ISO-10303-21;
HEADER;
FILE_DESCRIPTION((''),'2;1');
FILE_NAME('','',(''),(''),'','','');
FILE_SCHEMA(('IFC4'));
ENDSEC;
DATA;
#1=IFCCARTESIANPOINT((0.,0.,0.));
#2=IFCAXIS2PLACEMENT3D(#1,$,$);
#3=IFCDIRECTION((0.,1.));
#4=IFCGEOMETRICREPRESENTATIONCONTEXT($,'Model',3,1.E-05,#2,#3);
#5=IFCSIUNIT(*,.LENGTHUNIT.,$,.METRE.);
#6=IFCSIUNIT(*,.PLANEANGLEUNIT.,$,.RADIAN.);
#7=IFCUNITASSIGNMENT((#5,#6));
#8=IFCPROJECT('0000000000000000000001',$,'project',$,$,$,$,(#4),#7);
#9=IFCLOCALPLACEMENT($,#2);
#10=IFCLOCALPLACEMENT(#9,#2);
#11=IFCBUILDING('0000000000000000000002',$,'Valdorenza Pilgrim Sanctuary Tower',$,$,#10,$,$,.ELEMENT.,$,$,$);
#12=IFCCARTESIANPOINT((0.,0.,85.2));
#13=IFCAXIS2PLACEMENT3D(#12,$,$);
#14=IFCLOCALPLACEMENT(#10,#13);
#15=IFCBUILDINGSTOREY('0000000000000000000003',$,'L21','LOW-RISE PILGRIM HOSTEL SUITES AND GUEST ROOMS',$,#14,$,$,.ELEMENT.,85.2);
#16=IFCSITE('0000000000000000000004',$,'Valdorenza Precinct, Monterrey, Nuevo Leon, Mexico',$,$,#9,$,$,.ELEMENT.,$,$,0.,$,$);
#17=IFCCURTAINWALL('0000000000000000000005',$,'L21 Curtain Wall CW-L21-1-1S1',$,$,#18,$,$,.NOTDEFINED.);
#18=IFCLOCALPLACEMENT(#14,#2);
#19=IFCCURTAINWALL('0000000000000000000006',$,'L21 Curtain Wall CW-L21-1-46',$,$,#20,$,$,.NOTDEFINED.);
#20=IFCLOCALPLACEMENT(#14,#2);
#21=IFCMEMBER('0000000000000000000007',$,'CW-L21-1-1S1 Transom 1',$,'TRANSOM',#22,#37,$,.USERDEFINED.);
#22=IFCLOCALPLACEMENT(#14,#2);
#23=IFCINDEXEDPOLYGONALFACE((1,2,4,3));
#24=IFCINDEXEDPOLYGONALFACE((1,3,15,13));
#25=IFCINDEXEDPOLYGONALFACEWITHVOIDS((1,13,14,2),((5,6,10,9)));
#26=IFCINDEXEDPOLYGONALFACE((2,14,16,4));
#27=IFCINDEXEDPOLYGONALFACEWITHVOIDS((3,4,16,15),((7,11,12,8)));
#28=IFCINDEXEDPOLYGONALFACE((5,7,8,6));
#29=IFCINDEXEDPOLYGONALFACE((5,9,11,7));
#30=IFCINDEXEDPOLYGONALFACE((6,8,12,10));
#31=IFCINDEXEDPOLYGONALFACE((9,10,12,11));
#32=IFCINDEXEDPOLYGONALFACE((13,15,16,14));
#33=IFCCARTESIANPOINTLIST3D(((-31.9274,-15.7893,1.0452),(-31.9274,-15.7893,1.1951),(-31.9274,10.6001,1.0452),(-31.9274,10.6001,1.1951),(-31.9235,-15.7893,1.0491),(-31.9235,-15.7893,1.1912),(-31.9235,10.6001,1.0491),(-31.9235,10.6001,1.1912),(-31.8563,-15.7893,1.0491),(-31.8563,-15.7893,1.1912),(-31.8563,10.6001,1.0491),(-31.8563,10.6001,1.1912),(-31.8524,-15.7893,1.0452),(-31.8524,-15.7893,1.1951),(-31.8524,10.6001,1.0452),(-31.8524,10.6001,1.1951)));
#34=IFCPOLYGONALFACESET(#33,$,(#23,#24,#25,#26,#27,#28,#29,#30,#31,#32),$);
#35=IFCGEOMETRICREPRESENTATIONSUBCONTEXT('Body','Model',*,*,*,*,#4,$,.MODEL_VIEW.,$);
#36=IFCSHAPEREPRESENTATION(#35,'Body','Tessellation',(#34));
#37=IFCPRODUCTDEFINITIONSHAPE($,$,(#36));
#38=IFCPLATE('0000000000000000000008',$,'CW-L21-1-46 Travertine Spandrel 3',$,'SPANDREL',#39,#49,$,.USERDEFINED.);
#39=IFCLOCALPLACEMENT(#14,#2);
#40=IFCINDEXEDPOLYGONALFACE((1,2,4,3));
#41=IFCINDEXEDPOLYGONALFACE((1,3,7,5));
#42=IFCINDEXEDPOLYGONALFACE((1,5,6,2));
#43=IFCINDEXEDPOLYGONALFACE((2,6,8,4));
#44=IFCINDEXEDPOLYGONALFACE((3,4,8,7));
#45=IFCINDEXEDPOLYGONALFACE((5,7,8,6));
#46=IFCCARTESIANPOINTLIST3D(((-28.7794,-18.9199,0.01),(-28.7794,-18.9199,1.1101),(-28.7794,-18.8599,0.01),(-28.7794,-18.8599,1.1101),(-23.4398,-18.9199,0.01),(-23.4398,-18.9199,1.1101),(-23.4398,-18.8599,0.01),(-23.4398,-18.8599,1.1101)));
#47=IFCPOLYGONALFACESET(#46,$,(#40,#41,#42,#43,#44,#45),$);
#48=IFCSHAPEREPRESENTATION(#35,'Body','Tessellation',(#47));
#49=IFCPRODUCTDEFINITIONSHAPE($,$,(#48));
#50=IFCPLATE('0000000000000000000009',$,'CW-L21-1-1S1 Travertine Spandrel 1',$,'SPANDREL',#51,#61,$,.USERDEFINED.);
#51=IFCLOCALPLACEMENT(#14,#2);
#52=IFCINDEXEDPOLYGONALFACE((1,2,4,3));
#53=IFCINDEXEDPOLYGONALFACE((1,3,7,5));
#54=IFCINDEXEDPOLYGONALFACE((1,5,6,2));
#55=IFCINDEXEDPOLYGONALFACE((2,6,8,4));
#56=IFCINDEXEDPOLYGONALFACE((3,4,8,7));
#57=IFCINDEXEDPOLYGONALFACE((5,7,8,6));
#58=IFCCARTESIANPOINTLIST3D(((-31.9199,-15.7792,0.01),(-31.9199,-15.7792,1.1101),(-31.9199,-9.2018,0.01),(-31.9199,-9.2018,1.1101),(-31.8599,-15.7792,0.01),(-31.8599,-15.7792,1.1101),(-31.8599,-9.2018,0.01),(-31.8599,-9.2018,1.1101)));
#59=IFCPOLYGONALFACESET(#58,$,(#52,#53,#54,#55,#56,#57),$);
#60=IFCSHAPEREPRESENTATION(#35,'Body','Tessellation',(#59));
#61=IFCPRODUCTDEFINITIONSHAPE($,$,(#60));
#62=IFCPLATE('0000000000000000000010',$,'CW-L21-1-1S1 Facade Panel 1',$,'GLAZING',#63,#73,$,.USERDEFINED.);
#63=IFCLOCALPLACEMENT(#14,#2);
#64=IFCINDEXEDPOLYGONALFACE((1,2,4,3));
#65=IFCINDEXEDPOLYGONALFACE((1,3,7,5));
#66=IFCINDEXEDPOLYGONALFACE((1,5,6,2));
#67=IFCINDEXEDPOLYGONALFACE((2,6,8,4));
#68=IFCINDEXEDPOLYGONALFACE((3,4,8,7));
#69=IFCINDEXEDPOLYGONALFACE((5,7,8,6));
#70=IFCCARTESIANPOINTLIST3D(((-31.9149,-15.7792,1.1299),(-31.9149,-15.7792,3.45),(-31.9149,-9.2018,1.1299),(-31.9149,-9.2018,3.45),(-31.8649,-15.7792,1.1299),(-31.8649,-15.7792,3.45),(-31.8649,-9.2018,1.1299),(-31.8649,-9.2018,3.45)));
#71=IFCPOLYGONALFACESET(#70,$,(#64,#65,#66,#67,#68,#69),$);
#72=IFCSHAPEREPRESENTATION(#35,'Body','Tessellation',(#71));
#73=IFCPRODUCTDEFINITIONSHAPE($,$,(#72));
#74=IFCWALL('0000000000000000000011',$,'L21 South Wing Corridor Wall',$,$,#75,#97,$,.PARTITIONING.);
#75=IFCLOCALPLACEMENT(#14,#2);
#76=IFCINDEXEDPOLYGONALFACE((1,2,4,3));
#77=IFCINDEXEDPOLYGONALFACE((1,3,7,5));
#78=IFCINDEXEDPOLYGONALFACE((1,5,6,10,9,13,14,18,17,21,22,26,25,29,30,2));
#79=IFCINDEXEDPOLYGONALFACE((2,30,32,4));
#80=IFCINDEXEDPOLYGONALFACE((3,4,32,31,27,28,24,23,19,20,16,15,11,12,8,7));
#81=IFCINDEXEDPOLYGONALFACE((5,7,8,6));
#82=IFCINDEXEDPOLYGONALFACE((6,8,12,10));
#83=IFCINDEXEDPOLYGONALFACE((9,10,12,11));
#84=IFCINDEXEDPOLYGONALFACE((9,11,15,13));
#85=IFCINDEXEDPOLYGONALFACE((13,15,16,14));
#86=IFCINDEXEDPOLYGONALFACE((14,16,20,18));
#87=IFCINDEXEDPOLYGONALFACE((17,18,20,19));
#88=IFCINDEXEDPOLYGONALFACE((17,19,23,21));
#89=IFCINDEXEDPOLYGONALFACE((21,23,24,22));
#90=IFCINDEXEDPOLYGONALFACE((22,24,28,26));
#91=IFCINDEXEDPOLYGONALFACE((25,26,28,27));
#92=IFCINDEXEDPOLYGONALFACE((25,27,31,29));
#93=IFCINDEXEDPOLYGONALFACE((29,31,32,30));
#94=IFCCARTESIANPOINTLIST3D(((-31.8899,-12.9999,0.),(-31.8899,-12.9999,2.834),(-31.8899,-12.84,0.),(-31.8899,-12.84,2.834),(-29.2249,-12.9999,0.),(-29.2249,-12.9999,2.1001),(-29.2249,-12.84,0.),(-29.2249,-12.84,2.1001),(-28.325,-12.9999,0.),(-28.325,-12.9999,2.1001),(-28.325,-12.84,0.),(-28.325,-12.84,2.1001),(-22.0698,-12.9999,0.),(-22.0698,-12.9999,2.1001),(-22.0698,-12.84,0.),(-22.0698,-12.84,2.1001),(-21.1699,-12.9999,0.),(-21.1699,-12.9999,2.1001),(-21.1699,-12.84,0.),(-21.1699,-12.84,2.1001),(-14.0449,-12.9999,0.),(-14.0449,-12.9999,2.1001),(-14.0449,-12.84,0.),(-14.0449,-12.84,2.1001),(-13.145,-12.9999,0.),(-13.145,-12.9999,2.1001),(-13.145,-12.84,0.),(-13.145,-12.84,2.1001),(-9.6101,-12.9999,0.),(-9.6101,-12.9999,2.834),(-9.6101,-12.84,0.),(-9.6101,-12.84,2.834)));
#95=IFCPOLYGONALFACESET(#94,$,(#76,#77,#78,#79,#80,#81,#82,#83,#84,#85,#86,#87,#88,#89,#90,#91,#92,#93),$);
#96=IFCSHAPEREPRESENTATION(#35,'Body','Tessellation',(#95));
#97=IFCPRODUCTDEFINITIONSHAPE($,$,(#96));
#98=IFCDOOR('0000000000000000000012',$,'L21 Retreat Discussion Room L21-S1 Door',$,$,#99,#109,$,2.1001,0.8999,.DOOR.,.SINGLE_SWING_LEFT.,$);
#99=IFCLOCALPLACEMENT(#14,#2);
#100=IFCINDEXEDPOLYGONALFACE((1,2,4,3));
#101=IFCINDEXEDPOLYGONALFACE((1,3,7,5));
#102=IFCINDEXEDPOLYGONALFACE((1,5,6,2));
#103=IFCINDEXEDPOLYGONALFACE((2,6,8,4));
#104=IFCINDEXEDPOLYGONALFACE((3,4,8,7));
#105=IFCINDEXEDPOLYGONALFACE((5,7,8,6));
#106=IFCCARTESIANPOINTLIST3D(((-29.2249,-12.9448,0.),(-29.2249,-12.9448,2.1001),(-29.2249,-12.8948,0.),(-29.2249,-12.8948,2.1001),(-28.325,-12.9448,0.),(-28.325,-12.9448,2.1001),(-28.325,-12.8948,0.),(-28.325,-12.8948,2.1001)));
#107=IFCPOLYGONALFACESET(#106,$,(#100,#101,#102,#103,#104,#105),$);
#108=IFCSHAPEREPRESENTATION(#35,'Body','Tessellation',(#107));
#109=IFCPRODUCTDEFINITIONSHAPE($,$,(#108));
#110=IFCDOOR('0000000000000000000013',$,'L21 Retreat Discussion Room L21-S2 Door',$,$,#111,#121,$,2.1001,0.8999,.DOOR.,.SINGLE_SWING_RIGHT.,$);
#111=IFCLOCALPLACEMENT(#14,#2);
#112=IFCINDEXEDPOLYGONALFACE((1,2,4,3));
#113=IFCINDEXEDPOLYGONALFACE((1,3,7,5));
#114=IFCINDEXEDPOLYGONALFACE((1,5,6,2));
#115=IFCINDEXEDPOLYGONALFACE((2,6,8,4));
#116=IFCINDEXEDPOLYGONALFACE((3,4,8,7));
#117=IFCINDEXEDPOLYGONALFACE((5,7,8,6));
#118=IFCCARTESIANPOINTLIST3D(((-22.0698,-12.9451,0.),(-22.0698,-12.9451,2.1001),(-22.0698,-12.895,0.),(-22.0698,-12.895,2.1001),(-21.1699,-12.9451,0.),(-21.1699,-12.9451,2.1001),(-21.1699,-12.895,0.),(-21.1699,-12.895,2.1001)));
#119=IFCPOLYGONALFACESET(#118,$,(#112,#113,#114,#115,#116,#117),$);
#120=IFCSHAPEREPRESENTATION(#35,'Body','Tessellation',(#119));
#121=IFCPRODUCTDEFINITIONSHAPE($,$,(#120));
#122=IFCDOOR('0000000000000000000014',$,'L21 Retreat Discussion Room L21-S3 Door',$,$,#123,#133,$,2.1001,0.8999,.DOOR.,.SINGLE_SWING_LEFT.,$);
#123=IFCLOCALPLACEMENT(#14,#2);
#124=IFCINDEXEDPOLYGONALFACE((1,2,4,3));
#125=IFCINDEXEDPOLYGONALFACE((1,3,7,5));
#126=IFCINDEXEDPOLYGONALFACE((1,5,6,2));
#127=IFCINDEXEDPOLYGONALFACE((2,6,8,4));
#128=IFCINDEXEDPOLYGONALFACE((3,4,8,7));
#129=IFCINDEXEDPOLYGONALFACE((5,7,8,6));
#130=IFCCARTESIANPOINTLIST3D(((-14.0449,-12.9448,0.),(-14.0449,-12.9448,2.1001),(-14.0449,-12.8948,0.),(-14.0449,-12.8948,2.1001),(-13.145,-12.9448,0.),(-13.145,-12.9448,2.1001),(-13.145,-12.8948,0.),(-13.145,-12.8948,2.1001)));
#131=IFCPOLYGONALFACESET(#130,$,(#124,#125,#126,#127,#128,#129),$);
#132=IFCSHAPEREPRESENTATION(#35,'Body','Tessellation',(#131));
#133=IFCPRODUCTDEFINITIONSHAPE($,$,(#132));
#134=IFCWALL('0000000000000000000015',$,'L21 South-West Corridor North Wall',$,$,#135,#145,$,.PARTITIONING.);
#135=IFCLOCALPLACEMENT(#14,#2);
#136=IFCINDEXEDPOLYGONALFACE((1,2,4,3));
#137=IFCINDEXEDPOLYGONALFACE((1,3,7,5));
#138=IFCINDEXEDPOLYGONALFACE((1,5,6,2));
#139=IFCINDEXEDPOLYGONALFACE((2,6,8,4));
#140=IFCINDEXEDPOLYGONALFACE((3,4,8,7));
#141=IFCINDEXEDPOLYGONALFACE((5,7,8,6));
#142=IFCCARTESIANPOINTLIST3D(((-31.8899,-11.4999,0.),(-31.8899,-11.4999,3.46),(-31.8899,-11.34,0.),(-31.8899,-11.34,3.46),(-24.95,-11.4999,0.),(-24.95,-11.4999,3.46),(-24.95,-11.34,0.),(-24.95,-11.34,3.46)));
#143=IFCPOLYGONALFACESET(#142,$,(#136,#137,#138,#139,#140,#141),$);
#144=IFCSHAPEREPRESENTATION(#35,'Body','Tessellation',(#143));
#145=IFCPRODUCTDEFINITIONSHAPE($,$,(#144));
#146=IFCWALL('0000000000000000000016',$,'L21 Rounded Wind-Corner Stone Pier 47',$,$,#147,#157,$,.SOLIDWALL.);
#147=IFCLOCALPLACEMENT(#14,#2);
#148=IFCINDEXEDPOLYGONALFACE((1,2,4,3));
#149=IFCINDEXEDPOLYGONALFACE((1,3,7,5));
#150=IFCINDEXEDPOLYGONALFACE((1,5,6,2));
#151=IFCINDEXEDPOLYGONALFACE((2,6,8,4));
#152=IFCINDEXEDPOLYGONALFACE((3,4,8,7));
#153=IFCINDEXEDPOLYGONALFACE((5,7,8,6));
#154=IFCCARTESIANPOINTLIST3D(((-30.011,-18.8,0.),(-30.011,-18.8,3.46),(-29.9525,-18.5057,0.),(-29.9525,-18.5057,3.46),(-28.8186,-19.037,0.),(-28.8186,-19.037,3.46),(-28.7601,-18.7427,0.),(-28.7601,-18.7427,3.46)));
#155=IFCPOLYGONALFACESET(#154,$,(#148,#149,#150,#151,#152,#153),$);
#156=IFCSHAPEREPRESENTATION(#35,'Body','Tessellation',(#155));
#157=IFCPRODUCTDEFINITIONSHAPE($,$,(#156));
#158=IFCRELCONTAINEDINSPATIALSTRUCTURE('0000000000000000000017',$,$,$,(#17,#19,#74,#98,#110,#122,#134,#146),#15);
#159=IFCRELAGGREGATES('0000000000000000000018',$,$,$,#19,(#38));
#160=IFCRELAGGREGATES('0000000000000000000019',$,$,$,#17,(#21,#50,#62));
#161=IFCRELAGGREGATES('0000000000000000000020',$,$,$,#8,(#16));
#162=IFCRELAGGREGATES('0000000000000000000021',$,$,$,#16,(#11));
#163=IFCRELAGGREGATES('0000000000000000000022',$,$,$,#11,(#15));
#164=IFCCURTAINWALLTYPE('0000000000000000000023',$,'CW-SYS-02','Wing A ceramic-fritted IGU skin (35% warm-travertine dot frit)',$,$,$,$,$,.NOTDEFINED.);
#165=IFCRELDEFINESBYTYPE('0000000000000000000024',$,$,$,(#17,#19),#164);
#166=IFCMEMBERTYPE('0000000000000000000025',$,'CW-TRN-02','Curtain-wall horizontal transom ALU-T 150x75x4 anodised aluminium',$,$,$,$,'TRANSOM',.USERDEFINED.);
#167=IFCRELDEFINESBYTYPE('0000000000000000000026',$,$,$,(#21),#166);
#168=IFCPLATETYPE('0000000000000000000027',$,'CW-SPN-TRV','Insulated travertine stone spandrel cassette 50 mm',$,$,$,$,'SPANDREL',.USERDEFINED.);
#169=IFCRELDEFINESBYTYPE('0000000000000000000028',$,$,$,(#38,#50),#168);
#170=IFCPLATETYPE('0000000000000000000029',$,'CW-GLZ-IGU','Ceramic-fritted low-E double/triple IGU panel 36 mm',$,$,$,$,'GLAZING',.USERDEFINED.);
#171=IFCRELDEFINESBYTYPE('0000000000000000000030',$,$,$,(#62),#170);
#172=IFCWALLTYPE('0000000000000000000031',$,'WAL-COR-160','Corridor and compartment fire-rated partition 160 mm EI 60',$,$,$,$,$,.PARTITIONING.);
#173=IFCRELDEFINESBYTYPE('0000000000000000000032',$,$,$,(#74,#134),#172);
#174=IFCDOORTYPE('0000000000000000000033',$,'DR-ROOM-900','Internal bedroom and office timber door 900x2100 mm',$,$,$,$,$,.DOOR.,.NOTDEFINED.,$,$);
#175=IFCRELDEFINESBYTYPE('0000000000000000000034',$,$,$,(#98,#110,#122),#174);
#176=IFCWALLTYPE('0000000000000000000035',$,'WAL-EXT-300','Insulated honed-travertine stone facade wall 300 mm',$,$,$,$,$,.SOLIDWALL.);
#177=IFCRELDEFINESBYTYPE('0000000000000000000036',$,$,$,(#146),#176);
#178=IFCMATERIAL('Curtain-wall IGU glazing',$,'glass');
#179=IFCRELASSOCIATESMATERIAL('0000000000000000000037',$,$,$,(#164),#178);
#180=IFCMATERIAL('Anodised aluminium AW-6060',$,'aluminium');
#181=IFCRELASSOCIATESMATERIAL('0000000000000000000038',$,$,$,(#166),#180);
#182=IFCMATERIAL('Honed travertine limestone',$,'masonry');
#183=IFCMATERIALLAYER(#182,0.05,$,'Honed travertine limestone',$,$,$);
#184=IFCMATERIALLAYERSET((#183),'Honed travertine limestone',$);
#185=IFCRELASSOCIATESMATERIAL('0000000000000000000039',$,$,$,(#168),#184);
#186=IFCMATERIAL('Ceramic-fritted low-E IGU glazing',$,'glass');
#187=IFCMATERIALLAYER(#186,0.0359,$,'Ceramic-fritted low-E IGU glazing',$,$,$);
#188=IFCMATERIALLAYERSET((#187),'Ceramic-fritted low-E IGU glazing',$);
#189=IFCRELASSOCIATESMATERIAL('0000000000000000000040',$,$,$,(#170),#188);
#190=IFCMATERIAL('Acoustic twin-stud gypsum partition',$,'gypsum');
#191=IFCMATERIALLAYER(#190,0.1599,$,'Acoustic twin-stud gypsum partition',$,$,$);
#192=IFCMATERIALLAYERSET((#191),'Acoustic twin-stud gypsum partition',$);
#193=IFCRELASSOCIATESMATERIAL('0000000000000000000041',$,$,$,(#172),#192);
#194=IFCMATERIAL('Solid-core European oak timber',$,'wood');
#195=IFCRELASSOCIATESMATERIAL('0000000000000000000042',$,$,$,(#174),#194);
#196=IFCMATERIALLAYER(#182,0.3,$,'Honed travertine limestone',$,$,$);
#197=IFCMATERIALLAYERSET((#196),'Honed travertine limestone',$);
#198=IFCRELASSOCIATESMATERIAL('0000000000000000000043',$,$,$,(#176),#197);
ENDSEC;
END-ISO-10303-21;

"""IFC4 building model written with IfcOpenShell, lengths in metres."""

from ifc_helpers import new_model, si_unit, direction, frame, frame_2d, origin, origin_2d, place, context, subcontext, project, spatial, rectangle, hollow_rectangle, extrude, source, transform, mapped, material, layer, layer_set, material_profile, profile_set, type_object, element, fill, aggregate, save


model = new_model("IFC4")

# Units and contexts
model_context = context("Model", 3, precision=1e-05, world=origin(), true_north=direction((0.0, 1.0)))
body_context = subcontext(model_context, "Body", "Model", "MODEL_VIEW")
ifc_project = project(units=[si_unit("LENGTHUNIT", "METRE"), si_unit("PLANEANGLEUNIT", "RADIAN")], contexts=[model_context])

# Site, building, storey
site_placement = place(None, origin())
site = spatial("IfcSite", under=ifc_project, at=site_placement, Name="Valdorenza Precinct, Monterrey, Nuevo Leon, Mexico", CompositionType="ELEMENT", RefElevation=0.0)
building_placement = place(site_placement, origin())
building = spatial("IfcBuilding", under=site, at=building_placement, Name="Valdorenza Pilgrim Sanctuary Tower", CompositionType="ELEMENT")
storey_placement = place(building_placement, frame((0.0, 0.0, 85.2)))
storey = spatial("IfcBuildingStorey", under=building, at=storey_placement, Name="L21", Description="LOW-RISE PILGRIM HOSTEL SUITES AND GUEST ROOMS", CompositionType="ELEMENT", Elevation=85.2)

# Curtain walls
ifc_material_1 = material(Name="Curtain-wall IGU glazing", Category="glass")
curtain_wall_type = type_object("IfcCurtainWallType", Name="CW-SYS-02", Description="Wing A ceramic-fritted IGU skin (35% warm-travertine dot frit)", PredefinedType="NOTDEFINED", material=ifc_material_1)
curtain_wall_1_placement = place(storey_placement, origin())
curtain_wall_1 = element("IfcCurtainWall", 1, at=curtain_wall_1_placement, inside=storey, type_object=curtain_wall_type, Name="L21 Curtain Wall CW-L21-1-1S1", PredefinedType="NOTDEFINED")
ifc_material_2 = material(Name="Anodised aluminium AW-6060", Category="aluminium")
curtain_wall_2_placement = place(storey_placement, origin())
curtain_wall_2 = element("IfcCurtainWall", 2, at=curtain_wall_2_placement, inside=storey, type_object=curtain_wall_type, Name="L21 Curtain Wall CW-L21-1-46", PredefinedType="NOTDEFINED")

# Member
ifc_material_profile_1 = material_profile(ifc_material_2, hollow_rectangle(XDim=0.075, YDim=0.1499, WallThickness=0.0039, at=origin_2d()), Name="ALU-T 150x75x4")
ifc_profile_set_1 = profile_set([ifc_material_profile_1], Name="Anodised aluminium AW-6060")
member_type_1 = type_object("IfcMemberType", Name="CW-TRN-02", Description="Curtain-wall horizontal transom ALU-T 150x75x4 anodised aluminium", ElementType="TRANSOM", PredefinedType="USERDEFINED", material=ifc_profile_set_1)
shared_shape_1 = source(origin(), body_context, "Body", "SweptSolid", [
    extrude(hollow_rectangle(XDim=0.075, YDim=0.1499, WallThickness=0.0039, at=origin_2d()), origin(), (0.0, 0.0, 1.0), 26.3894),
])
member_1_placement = place(storey_placement, frame((-31.8899, -15.7893, 1.1201), z_axis=(0.0, 1.0, 0.0), x_axis=(-1.0, 0.0, 0.0)))
member_1 = element("IfcMember", 3, at=member_1_placement, type_object=member_type_1, Name="CW-L21-1-1S1 Transom 1", ObjectType="TRANSOM", PredefinedType="USERDEFINED", context=body_context, shape_type="MappedRepresentation", body=[
    mapped(shared_shape_1, transform((0.0, 0.0, 0.0), x_axis=(1.0, 0.0, 0.0), y_axis=(0.0, 1.0, 0.0), z_axis=(0.0, 0.0, 1.0), scale=1.0)),
])

# Plates
ifc_material_3 = material(Name="Honed travertine limestone", Category="masonry")
ifc_layer_1 = layer(ifc_material_3, 0.05, Name="Honed travertine limestone")
ifc_layer_set_1 = layer_set([ifc_layer_1], Name="Honed travertine limestone")
plate_type_1 = type_object("IfcPlateType", Name="CW-SPN-TRV", Description="Insulated travertine stone spandrel cassette 50 mm", ElementType="SPANDREL", PredefinedType="USERDEFINED", material=ifc_layer_set_1)
shared_shape_2 = source(origin(), body_context, "Body", "SweptSolid", [
    extrude(rectangle(XDim=5.3396, YDim=0.0601, at=origin_2d()), origin(), (0.0, 0.0, 1.0), 1.1001),
])
plate_1_placement = place(storey_placement, frame((-26.1096, -18.8899, 0.01), z_axis=(0.0, 0.0, 1.0), x_axis=(-1.0, 0.0, 0.0)))
plate_1 = element("IfcPlate", 4, at=plate_1_placement, type_object=plate_type_1, Name="CW-L21-1-46 Travertine Spandrel 3", ObjectType="SPANDREL", PredefinedType="USERDEFINED", context=body_context, shape_type="MappedRepresentation", body=[
    mapped(shared_shape_2, transform((0.0, 0.0, 0.0), x_axis=(1.0, 0.0, 0.0), y_axis=(0.0, 1.0, 0.0), z_axis=(0.0, 0.0, 1.0), scale=1.0)),
])
aggregate(curtain_wall_2, [plate_1])
shared_shape_3 = source(origin(), body_context, "Body", "SweptSolid", [
    extrude(rectangle(XDim=6.5774, YDim=0.0601, at=origin_2d()), origin(), (0.0, 0.0, 1.0), 1.1001),
])
plate_2_placement = place(storey_placement, frame((-31.8899, -12.4905, 0.01), z_axis=(0.0, 0.0, 1.0), x_axis=(0.0, 1.0, 0.0)))
plate_2 = element("IfcPlate", 5, at=plate_2_placement, type_object=plate_type_1, Name="CW-L21-1-1S1 Travertine Spandrel 1", ObjectType="SPANDREL", PredefinedType="USERDEFINED", context=body_context, shape_type="MappedRepresentation", body=[
    mapped(shared_shape_3, transform((0.0, 0.0, 0.0), x_axis=(1.0, 0.0, 0.0), y_axis=(0.0, 1.0, 0.0), z_axis=(0.0, 0.0, 1.0), scale=1.0)),
])
ifc_material_4 = material(Name="Ceramic-fritted low-E IGU glazing", Category="glass")
ifc_layer_2 = layer(ifc_material_4, 0.0359, Name="Ceramic-fritted low-E IGU glazing")
ifc_layer_set_2 = layer_set([ifc_layer_2], Name="Ceramic-fritted low-E IGU glazing")
plate_type_2 = type_object("IfcPlateType", Name="CW-GLZ-IGU", Description="Ceramic-fritted low-E double/triple IGU panel 36 mm", ElementType="GLAZING", PredefinedType="USERDEFINED", material=ifc_layer_set_2)
shared_shape_4 = source(origin(), body_context, "Body", "SweptSolid", [
    extrude(rectangle(XDim=6.5774, YDim=0.05, at=origin_2d()), origin(), (0.0, 0.0, 1.0), 2.3201),
])
plate_3_placement = place(storey_placement, frame((-31.8899, -12.4905, 1.1299), z_axis=(0.0, 0.0, 1.0), x_axis=(0.0, 1.0, 0.0)))
plate_3 = element("IfcPlate", 6, at=plate_3_placement, type_object=plate_type_2, Name="CW-L21-1-1S1 Facade Panel 1", ObjectType="GLAZING", PredefinedType="USERDEFINED", context=body_context, shape_type="MappedRepresentation", body=[
    mapped(shared_shape_4, transform((0.0, 0.0, 0.0), x_axis=(1.0, 0.0, 0.0), y_axis=(0.0, 1.0, 0.0), z_axis=(0.0, 0.0, 1.0), scale=1.0)),
])
aggregate(curtain_wall_1, [member_1, plate_2, plate_3])

# Wall, openings, doors
ifc_material_5 = material(Name="Acoustic twin-stud gypsum partition", Category="gypsum")
ifc_layer_3 = layer(ifc_material_5, 0.1599, Name="Acoustic twin-stud gypsum partition")
ifc_layer_set_3 = layer_set([ifc_layer_3], Name="Acoustic twin-stud gypsum partition")
wall_type_1 = type_object("IfcWallType", Name="WAL-COR-160", Description="Corridor and compartment fire-rated partition 160 mm EI 60", PredefinedType="PARTITIONING", material=ifc_layer_set_3)
wall_1_placement = place(storey_placement, frame((-31.8899, -12.9199, 0.0), z_axis=(0.0, 0.0, 1.0), x_axis=(1.0, 0.0, 0.0)))
wall_1 = element("IfcWall", 7, at=wall_1_placement, inside=storey, type_object=wall_type_1, Name="L21 South Wing Corridor Wall", PredefinedType="PARTITIONING", context=body_context, shape_type="SweptSolid", body=[
    extrude(rectangle(XDim=22.2798, YDim=0.1599, at=frame_2d((11.1399, 0.0))), origin(), (0.0, 0.0, 1.0), 2.834),
])
opening_1_placement = place(wall_1_placement, frame((2.665, 0.0, 0.0)))
opening_1 = element("IfcOpeningElement", 8, at=opening_1_placement, cuts=wall_1, PredefinedType="OPENING", context=body_context, shape_type="SweptSolid", body=[
    extrude(rectangle(XDim=0.8999, YDim=2.1001, at=frame_2d((0.45, 1.05))), frame((0.0, 0.0947, 0.0), z_axis=(0.0, -1.0, 0.0), x_axis=(1.0, 0.0, 0.0)), (0.0, 0.0, 1.0), 0.1897),
])
opening_2_placement = place(wall_1_placement, frame((9.8201, 0.0, 0.0)))
opening_2 = element("IfcOpeningElement", 9, at=opening_2_placement, cuts=wall_1, PredefinedType="OPENING", context=body_context, shape_type="SweptSolid", body=[
    extrude(rectangle(XDim=0.8999, YDim=2.1001, at=frame_2d((0.45, 1.05))), frame((0.0, 0.0947, 0.0), z_axis=(0.0, -1.0, 0.0), x_axis=(1.0, 0.0, 0.0)), (0.0, 0.0, 1.0), 0.1897),
])
opening_3_placement = place(wall_1_placement, frame((17.845, 0.0, 0.0)))
opening_3 = element("IfcOpeningElement", 10, at=opening_3_placement, cuts=wall_1, PredefinedType="OPENING", context=body_context, shape_type="SweptSolid", body=[
    extrude(rectangle(XDim=0.8999, YDim=2.1001, at=frame_2d((0.45, 1.05))), frame((0.0, 0.0947, 0.0), z_axis=(0.0, -1.0, 0.0), x_axis=(1.0, 0.0, 0.0)), (0.0, 0.0, 1.0), 0.1897),
])
ifc_material_6 = material(Name="Solid-core European oak timber", Category="wood")
door_type = type_object("IfcDoorType", Name="DR-ROOM-900", Description="Internal bedroom and office timber door 900x2100 mm", OperationType="NOTDEFINED", PredefinedType="DOOR", material=ifc_material_6)
door_1_placement = place(opening_1_placement, frame((0.8999, 0.0, 0.0), z_axis=(0.0, 0.0, 1.0), x_axis=(-1.0, 0.0, 0.0)))
door_1 = element("IfcDoor", 11, at=door_1_placement, inside=storey, type_object=door_type, Name="L21 Retreat Discussion Room L21-S1 Door", OperationType="SINGLE_SWING_LEFT", OverallHeight=2.1001, OverallWidth=0.8999, PredefinedType="DOOR", context=body_context, shape_type="SweptSolid", body=[
    extrude(rectangle(XDim=0.8999, YDim=2.1001, at=frame_2d((0.45, 1.05))), frame((0.0, 0.0249, 0.0), z_axis=(0.0, -1.0, 0.0), x_axis=(1.0, 0.0, 0.0)), (0.0, 0.0, 1.0), 0.05),
])
fill(opening_1, door_1)
door_2_placement = place(opening_2_placement, origin())
door_2 = element("IfcDoor", 12, at=door_2_placement, inside=storey, type_object=door_type, Name="L21 Retreat Discussion Room L21-S2 Door", OperationType="SINGLE_SWING_RIGHT", OverallHeight=2.1001, OverallWidth=0.8999, PredefinedType="DOOR", context=body_context, shape_type="SweptSolid", body=[
    extrude(rectangle(XDim=0.8999, YDim=2.1001, at=frame_2d((0.45, 1.05))), frame((0.0, 0.0249, 0.0), z_axis=(0.0, -1.0, 0.0), x_axis=(1.0, 0.0, 0.0)), (0.0, 0.0, 1.0), 0.05),
])
fill(opening_2, door_2)
door_3_placement = place(opening_3_placement, frame((0.8999, 0.0, 0.0), z_axis=(0.0, 0.0, 1.0), x_axis=(-1.0, 0.0, 0.0)))
door_3 = element("IfcDoor", 13, at=door_3_placement, inside=storey, type_object=door_type, Name="L21 Retreat Discussion Room L21-S3 Door", OperationType="SINGLE_SWING_LEFT", OverallHeight=2.1001, OverallWidth=0.8999, PredefinedType="DOOR", context=body_context, shape_type="SweptSolid", body=[
    extrude(rectangle(XDim=0.8999, YDim=2.1001, at=frame_2d((0.45, 1.05))), frame((0.0, 0.0249, 0.0), z_axis=(0.0, -1.0, 0.0), x_axis=(1.0, 0.0, 0.0)), (0.0, 0.0, 1.0), 0.05),
])
fill(opening_3, door_3)

# Walls
wall_2_placement = place(storey_placement, frame((-31.8899, -11.4199, 0.0), z_axis=(0.0, 0.0, 1.0), x_axis=(1.0, 0.0, 0.0)))
element("IfcWall", 14, at=wall_2_placement, inside=storey, type_object=wall_type_1, Name="L21 South-West Corridor North Wall", PredefinedType="PARTITIONING", context=body_context, shape_type="SweptSolid", body=[
    extrude(rectangle(XDim=6.9399, YDim=0.1599, at=frame_2d((3.47, 0.0))), origin(), (0.0, 0.0, 1.0), 3.46),
])
ifc_layer_4 = layer(ifc_material_3, 0.3, Name="Honed travertine limestone")
ifc_layer_set_4 = layer_set([ifc_layer_4], Name="Honed travertine limestone")
wall_type_2 = type_object("IfcWallType", Name="WAL-EXT-300", Description="Insulated honed-travertine stone facade wall 300 mm", PredefinedType="SOLIDWALL", material=ifc_layer_set_4)
wall_3_placement = place(storey_placement, frame((-28.7893, -18.8899, 0.0), z_axis=(0.0, 0.0, 1.0), x_axis=(-0.980804, 0.194996, 0.0)))
element("IfcWall", 15, at=wall_3_placement, inside=storey, type_object=wall_type_2, Name="L21 Rounded Wind-Corner Stone Pier 47", PredefinedType="SOLIDWALL", context=body_context, shape_type="SweptSolid", body=[
    extrude(rectangle(XDim=1.2158, YDim=0.3, at=frame_2d((0.6079, 0.0))), origin(), (0.0, 0.0, 1.0), 3.46),
])

save(model, "model.ifc")
